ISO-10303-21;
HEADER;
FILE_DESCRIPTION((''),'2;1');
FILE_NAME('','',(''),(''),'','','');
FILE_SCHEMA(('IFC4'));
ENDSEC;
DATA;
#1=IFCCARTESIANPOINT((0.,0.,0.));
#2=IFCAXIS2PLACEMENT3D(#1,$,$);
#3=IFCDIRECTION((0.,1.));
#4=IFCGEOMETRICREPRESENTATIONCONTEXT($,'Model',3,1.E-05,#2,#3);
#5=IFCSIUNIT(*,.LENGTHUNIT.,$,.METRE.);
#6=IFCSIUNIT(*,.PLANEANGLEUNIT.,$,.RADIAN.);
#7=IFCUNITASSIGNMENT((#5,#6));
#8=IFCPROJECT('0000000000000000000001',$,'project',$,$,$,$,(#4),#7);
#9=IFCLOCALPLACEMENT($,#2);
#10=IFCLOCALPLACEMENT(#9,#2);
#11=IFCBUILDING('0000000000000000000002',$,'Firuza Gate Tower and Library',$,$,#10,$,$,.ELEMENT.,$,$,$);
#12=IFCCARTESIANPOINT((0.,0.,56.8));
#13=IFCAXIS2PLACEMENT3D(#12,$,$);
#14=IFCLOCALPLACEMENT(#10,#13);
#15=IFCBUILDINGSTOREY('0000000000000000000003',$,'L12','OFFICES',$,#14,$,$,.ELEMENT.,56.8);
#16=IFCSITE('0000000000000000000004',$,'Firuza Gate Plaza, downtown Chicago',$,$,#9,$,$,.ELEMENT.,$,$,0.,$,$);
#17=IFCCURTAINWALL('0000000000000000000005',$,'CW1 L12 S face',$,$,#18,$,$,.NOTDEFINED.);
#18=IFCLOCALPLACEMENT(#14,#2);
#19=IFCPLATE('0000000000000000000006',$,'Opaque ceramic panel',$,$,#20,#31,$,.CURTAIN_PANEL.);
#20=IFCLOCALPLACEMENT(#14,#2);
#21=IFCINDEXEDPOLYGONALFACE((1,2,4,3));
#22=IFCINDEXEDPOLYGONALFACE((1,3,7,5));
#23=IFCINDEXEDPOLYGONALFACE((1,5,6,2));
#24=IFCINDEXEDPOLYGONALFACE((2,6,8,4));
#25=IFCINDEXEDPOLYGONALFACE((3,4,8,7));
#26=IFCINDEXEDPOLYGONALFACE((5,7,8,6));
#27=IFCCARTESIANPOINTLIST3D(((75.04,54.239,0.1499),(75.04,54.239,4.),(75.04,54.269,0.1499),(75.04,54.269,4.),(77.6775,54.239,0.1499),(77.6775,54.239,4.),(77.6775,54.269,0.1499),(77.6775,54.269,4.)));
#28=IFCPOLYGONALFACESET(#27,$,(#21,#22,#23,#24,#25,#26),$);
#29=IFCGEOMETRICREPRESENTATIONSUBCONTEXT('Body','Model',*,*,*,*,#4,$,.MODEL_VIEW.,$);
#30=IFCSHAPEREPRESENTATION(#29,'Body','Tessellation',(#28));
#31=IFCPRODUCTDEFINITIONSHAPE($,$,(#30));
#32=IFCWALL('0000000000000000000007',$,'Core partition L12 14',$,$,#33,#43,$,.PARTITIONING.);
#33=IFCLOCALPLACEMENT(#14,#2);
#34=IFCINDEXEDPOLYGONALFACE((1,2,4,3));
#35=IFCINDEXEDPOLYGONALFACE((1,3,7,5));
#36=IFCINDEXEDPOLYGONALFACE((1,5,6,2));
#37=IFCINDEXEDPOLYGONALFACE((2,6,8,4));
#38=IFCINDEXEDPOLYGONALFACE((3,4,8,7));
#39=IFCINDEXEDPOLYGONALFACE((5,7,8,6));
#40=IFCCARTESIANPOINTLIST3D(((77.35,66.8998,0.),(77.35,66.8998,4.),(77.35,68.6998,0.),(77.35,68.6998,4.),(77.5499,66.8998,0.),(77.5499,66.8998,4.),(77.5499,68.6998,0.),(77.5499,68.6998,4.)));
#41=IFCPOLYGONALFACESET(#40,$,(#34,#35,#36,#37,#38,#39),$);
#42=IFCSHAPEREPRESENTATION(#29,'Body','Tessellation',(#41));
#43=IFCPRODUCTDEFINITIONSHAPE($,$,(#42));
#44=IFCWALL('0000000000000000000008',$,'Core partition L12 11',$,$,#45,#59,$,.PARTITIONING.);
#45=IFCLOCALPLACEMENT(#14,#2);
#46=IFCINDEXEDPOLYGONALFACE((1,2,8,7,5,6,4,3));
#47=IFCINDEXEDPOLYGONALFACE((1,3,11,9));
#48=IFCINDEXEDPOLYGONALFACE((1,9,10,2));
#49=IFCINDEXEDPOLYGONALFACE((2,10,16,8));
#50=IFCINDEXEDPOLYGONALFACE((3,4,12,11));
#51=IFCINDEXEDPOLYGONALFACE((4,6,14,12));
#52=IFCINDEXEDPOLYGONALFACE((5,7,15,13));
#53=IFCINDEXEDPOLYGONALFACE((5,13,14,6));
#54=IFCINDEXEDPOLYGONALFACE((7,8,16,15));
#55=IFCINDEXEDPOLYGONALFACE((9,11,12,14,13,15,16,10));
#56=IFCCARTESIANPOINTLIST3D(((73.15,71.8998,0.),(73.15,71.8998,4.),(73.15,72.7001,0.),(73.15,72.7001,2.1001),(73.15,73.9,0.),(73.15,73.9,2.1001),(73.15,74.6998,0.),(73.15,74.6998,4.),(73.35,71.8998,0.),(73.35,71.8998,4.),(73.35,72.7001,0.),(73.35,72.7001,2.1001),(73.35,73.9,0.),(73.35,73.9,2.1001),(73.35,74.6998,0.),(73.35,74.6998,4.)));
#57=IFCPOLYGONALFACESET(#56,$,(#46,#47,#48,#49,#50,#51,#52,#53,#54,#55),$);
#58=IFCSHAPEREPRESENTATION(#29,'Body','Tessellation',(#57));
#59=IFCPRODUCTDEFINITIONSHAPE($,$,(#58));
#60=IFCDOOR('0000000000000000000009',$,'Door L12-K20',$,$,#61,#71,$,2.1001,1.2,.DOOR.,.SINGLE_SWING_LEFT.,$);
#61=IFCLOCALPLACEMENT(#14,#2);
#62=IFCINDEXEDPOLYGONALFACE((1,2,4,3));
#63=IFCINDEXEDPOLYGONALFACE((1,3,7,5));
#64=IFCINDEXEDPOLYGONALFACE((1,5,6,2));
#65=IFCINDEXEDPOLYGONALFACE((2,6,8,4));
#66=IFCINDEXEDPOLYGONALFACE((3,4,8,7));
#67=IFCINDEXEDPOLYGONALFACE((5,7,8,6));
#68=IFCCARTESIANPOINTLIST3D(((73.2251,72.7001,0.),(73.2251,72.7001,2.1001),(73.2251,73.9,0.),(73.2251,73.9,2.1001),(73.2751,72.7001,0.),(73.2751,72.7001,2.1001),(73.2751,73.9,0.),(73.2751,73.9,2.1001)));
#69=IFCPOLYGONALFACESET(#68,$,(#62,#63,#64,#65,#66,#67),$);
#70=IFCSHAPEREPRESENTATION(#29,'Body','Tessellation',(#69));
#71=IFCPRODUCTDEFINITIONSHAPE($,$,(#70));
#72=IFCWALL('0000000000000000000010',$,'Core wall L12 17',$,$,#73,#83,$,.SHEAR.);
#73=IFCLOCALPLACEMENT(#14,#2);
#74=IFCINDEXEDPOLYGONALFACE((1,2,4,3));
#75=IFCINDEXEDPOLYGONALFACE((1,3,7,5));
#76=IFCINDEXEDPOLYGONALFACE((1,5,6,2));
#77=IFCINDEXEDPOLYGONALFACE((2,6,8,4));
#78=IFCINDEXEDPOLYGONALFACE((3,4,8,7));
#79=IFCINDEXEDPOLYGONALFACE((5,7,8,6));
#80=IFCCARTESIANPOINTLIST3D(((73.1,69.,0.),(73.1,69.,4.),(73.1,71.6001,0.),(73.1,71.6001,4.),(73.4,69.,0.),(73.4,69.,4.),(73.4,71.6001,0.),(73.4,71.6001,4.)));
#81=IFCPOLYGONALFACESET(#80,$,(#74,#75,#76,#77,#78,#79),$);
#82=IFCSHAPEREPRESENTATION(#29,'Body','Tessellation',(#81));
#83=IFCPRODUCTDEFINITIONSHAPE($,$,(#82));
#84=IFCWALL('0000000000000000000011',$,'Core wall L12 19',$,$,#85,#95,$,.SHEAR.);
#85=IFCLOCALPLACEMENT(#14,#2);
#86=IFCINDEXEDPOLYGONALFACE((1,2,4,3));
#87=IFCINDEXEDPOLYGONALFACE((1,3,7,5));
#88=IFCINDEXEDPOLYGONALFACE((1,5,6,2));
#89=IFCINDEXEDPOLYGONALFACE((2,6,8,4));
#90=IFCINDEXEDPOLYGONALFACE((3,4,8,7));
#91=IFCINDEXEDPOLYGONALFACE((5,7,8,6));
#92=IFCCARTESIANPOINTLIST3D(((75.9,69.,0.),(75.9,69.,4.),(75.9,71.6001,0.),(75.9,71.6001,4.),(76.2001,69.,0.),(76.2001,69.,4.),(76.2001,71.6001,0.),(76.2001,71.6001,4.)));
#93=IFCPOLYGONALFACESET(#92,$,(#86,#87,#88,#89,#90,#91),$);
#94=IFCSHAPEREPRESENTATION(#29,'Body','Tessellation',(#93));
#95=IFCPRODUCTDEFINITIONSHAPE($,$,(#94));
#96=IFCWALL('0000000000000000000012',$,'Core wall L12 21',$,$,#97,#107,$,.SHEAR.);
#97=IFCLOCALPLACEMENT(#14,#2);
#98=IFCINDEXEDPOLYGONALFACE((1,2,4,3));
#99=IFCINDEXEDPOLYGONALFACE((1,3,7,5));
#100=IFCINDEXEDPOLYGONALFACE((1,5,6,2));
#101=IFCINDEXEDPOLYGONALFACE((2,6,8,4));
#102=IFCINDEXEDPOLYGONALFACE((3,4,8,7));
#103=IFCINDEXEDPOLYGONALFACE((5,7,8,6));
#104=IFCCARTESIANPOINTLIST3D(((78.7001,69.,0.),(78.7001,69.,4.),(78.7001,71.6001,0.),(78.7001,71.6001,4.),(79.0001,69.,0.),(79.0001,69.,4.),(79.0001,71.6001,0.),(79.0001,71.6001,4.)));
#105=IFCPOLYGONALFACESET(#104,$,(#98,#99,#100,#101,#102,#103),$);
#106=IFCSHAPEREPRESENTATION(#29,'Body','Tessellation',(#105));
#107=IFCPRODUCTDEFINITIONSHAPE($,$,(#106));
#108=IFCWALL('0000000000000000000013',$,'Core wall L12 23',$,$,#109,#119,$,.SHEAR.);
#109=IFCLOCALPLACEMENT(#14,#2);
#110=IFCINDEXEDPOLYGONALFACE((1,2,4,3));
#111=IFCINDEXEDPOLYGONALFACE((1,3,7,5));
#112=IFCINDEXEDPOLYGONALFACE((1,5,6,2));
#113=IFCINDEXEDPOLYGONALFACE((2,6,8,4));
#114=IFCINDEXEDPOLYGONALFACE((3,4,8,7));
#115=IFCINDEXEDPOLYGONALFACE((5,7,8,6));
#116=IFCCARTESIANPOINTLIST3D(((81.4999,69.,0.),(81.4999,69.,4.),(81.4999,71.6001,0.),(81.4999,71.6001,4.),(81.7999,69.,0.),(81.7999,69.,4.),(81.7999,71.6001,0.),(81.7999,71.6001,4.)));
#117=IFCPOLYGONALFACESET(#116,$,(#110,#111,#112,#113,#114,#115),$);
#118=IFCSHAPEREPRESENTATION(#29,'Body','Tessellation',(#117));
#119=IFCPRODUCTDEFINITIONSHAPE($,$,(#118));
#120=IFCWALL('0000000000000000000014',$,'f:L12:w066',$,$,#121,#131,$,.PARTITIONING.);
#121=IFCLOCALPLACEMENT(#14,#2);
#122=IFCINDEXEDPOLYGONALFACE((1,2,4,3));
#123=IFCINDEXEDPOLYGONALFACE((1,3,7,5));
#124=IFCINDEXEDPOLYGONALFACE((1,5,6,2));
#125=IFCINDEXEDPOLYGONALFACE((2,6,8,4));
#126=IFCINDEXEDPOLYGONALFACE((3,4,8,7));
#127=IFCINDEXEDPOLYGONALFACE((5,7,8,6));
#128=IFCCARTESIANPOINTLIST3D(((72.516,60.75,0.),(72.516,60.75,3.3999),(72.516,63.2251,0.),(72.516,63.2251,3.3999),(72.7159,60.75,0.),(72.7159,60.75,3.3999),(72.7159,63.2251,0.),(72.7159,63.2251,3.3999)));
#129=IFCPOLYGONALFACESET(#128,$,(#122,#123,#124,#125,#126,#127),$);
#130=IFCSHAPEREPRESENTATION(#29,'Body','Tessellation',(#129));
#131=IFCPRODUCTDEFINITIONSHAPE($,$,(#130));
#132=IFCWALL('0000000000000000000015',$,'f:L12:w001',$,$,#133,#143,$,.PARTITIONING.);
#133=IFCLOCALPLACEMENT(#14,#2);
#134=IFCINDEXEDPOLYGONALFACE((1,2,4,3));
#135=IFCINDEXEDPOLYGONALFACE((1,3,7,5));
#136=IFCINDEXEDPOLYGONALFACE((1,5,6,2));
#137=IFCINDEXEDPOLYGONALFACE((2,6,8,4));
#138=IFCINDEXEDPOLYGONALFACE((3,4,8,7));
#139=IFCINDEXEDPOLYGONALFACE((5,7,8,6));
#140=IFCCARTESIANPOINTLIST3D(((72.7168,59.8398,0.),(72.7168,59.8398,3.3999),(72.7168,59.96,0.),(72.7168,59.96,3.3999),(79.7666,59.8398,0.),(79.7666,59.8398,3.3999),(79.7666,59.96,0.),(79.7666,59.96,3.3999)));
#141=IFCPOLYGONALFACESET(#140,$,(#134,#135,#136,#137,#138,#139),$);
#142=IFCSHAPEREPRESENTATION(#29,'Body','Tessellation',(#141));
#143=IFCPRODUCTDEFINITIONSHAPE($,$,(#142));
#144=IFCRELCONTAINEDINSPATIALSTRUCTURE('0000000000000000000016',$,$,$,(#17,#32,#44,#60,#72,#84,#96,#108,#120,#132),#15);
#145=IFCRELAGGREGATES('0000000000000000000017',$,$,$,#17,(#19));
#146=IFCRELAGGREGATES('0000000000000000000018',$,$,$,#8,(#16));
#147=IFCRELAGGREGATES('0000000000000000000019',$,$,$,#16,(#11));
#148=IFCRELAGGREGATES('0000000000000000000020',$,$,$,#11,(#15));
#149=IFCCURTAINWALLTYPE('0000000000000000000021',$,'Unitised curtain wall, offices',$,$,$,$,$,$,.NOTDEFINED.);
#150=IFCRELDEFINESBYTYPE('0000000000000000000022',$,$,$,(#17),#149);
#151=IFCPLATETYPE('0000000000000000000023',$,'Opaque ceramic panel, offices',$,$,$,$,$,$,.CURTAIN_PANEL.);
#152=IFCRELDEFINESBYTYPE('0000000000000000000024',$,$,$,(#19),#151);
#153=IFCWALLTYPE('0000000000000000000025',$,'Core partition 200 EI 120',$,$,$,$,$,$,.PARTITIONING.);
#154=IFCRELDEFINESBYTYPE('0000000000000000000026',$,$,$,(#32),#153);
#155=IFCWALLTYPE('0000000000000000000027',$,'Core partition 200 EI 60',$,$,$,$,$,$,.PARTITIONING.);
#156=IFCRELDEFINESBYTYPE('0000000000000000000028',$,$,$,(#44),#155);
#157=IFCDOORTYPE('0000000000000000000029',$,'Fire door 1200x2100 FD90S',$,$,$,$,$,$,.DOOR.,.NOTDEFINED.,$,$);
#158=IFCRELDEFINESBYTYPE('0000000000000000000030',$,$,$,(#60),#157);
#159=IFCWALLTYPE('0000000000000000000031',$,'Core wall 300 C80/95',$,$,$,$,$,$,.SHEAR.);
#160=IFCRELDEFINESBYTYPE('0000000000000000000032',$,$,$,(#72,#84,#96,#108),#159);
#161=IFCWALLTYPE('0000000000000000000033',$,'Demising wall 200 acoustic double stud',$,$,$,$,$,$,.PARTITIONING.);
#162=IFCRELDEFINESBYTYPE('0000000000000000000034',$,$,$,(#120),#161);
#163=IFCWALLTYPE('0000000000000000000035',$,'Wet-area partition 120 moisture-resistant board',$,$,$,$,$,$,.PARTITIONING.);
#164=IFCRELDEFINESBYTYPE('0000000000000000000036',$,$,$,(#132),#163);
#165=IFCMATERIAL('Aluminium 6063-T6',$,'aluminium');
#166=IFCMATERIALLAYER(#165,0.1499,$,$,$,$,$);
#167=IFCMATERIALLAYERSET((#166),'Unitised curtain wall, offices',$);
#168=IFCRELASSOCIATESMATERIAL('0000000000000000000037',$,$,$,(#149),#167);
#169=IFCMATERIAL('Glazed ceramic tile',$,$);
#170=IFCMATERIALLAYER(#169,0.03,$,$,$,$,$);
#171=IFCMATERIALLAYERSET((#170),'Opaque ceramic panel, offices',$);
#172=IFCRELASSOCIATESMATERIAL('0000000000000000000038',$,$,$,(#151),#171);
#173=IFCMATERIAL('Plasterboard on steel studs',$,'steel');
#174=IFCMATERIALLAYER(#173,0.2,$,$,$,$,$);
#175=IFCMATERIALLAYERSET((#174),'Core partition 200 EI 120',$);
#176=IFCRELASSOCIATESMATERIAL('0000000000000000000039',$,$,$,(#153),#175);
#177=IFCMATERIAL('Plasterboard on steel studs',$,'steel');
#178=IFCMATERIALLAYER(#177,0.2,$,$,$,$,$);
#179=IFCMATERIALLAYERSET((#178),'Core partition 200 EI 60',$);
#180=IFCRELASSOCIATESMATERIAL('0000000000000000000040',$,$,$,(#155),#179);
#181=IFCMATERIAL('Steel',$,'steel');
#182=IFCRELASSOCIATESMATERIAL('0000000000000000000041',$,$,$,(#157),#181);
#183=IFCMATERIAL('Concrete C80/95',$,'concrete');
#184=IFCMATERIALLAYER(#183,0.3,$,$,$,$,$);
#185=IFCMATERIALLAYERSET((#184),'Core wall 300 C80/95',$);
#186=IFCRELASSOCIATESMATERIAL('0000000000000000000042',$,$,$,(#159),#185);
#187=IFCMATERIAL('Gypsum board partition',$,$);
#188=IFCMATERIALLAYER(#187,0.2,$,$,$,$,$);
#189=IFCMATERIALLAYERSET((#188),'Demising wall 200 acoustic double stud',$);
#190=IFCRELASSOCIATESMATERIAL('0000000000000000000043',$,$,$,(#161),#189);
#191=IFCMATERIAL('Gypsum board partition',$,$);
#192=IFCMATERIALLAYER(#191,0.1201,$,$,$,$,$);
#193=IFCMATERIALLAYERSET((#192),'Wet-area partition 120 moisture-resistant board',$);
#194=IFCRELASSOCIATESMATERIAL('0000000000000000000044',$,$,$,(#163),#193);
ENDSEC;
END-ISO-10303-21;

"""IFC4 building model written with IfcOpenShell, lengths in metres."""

from ifc_helpers import new_model, si_unit, direction, frame, frame_2d, origin, place, context, subcontext, project, spatial, polyline, rectangle, outline, extrude, material, layer, layer_set, type_object, element, fill, aggregate, save


model = new_model("IFC4")

# Units and contexts
model_context = context("Model", 3, precision=1e-05, world=origin(), true_north=direction((0.0, 1.0)))
body_context = subcontext(model_context, "Body", "Model", "MODEL_VIEW")
ifc_project = project(units=[si_unit("LENGTHUNIT", "METRE"), si_unit("PLANEANGLEUNIT", "RADIAN")], contexts=[model_context])

# Site, building, storey
site_placement = place(None, origin())
site = spatial("IfcSite", under=ifc_project, at=site_placement, Name="Firuza Gate Plaza, downtown Chicago", CompositionType="ELEMENT", RefElevation=0.0)
building_placement = place(site_placement, origin())
building = spatial("IfcBuilding", under=site, at=building_placement, Name="Firuza Gate Tower and Library", CompositionType="ELEMENT")
storey_placement = place(building_placement, frame((0.0, 0.0, 56.8)))
storey = spatial("IfcBuildingStorey", under=building, at=storey_placement, Name="L12", Description="OFFICES", CompositionType="ELEMENT", Elevation=56.8)

# Curtain wall
ifc_material_1 = material(Name="Aluminium 6063-T6", Category="aluminium")
ifc_layer_1 = layer(ifc_material_1, 0.1499)
ifc_layer_set_1 = layer_set([ifc_layer_1], Name="Unitised curtain wall, offices")
curtain_wall_type = type_object("IfcCurtainWallType", Name="Unitised curtain wall, offices", PredefinedType="NOTDEFINED", material=ifc_layer_set_1)
curtain_wall_placement = place(storey_placement, origin())
curtain_wall = element("IfcCurtainWall", 1, at=curtain_wall_placement, inside=storey, type_object=curtain_wall_type, Name="CW1 L12 S face", PredefinedType="NOTDEFINED")

# Plate
ifc_material_2 = material(Name="Glazed ceramic tile")
ifc_layer_2 = layer(ifc_material_2, 0.03)
ifc_layer_set_2 = layer_set([ifc_layer_2], Name="Opaque ceramic panel, offices")
plate_type_1 = type_object("IfcPlateType", Name="Opaque ceramic panel, offices", PredefinedType="CURTAIN_PANEL", material=ifc_layer_set_2)
plate_1_placement = place(storey_placement, frame((75.04, 54.239, 0.1499), z_axis=(0.0, -1.0, 0.0), x_axis=(1.0, 0.0, 0.0)))
plate_1 = element("IfcPlate", 2, at=plate_1_placement, type_object=plate_type_1, Name="Opaque ceramic panel", PredefinedType="CURTAIN_PANEL", context=body_context, shape_type="SweptSolid", body=[
    extrude(outline(polyline([(0.0, 0.0), (2.6375, 0.0), (2.6375, 3.8501), (0.0, 3.8501), (0.0, 0.0)])), origin(), (0.0, 0.0, -1.0), 0.03),
])
aggregate(curtain_wall, [plate_1])

# Wall
ifc_material_3 = material(Name="Plasterboard on steel studs", Category="steel")
ifc_layer_3 = layer(ifc_material_3, 0.2)
ifc_layer_set_3 = layer_set([ifc_layer_3], Name="Core partition 200 EI 120")
wall_type_1 = type_object("IfcWallType", Name="Core partition 200 EI 120", PredefinedType="PARTITIONING", material=ifc_layer_set_3)
wall_1_placement = place(storey_placement, frame((77.45, 66.8999, 0.0), z_axis=(0.0, 0.0, 1.0), x_axis=(0.0, 1.0, 0.0)))
element("IfcWall", 3, at=wall_1_placement, inside=storey, type_object=wall_type_1, Name="Core partition L12 14", PredefinedType="PARTITIONING", context=body_context, shape_type="SweptSolid", body=[
    extrude(rectangle(XDim=1.8, YDim=0.2, at=frame_2d((0.8999, 0.0))), origin(), (0.0, 0.0, 1.0), 4.0),
])

# Wall, opening, door
ifc_material_4 = material(Name="Plasterboard on steel studs", Category="steel")
ifc_layer_4 = layer(ifc_material_4, 0.2)
ifc_layer_set_4 = layer_set([ifc_layer_4], Name="Core partition 200 EI 60")
wall_type_2 = type_object("IfcWallType", Name="Core partition 200 EI 60", PredefinedType="PARTITIONING", material=ifc_layer_set_4)
wall_2_placement = place(storey_placement, frame((73.25, 71.8999, 0.0), z_axis=(0.0, 0.0, 1.0), x_axis=(0.0, 1.0, 0.0)))
wall_2 = element("IfcWall", 4, at=wall_2_placement, inside=storey, type_object=wall_type_2, Name="Core partition L12 11", PredefinedType="PARTITIONING", context=body_context, shape_type="SweptSolid", body=[
    extrude(rectangle(XDim=2.8, YDim=0.2, at=frame_2d((1.3999, 0.0))), origin(), (0.0, 0.0, 1.0), 4.0),
])
opening_1_placement = place(wall_2_placement, frame((0.8, 0.0, 0.0)))
opening_1 = element("IfcOpeningElement", 5, at=opening_1_placement, cuts=wall_2, PredefinedType="OPENING", context=body_context, shape_type="SweptSolid", body=[
    extrude(rectangle(XDim=1.2, YDim=2.1001, at=frame_2d((0.6001, 1.05))), frame((0.0, 0.1099, 0.0), z_axis=(0.0, -1.0, 0.0), x_axis=(1.0, 0.0, 0.0)), (0.0, 0.0, 1.0), 0.22),
])
ifc_material_5 = material(Name="Steel", Category="steel")
door_type_1 = type_object("IfcDoorType", Name="Fire door 1200x2100 FD90S", OperationType="NOTDEFINED", PredefinedType="DOOR", material=ifc_material_5)
door_1_placement = place(opening_1_placement, origin())
door_1 = element("IfcDoor", 6, at=door_1_placement, inside=storey, type_object=door_type_1, Name="Door L12-K20", OperationType="SINGLE_SWING_LEFT", OverallHeight=2.1001, OverallWidth=1.2, PredefinedType="DOOR", context=body_context, shape_type="SweptSolid", body=[
    extrude(rectangle(XDim=1.2, YDim=2.1001, at=frame_2d((0.6001, 1.05))), frame((0.0, 0.0249, 0.0), z_axis=(0.0, -1.0, 0.0), x_axis=(1.0, 0.0, 0.0)), (0.0, 0.0, 1.0), 0.05),
])
fill(opening_1, door_1)

# Walls
ifc_material_6 = material(Name="Concrete C80/95", Category="concrete")
ifc_layer_5 = layer(ifc_material_6, 0.3)
ifc_layer_set_5 = layer_set([ifc_layer_5], Name="Core wall 300 C80/95")
wall_type_3 = type_object("IfcWallType", Name="Core wall 300 C80/95", PredefinedType="SHEAR", material=ifc_layer_set_5)
for number, where, z_axis, x_axis, name in (
    (7, (73.25, 69.0, 0.0), (0.0, 0.0, 1.0), (0.0, 1.0, 0.0), "Core wall L12 17"),
    (8, (76.05, 69.0, 0.0), (0.0, 0.0, 1.0), (0.0, 1.0, 0.0), "Core wall L12 19"),
    (9, (78.8501, 69.0, 0.0), (0.0, 0.0, 1.0), (0.0, 1.0, 0.0), "Core wall L12 21"),
    (10, (81.6499, 69.0, 0.0), (0.0, 0.0, 1.0), (0.0, 1.0, 0.0), "Core wall L12 23"),
):
    element("IfcWall", number, at=place(storey_placement, frame(where, z_axis=z_axis, x_axis=x_axis)), inside=storey, type_object=wall_type_3, Name=name, PredefinedType="SHEAR", context=body_context, shape_type="SweptSolid", body=[
        extrude(rectangle(XDim=2.6001, YDim=0.3, at=frame_2d((1.3, 0.0))), origin(), (0.0, 0.0, 1.0), 4.0),
    ])
ifc_material_7 = material(Name="Gypsum board partition")
ifc_layer_6 = layer(ifc_material_7, 0.2)
ifc_layer_set_6 = layer_set([ifc_layer_6], Name="Demising wall 200 acoustic double stud")
wall_type_4 = type_object("IfcWallType", Name="Demising wall 200 acoustic double stud", PredefinedType="PARTITIONING", material=ifc_layer_set_6)
wall_3_placement = place(storey_placement, frame((72.616, 60.75, 0.0), z_axis=(0.0, 0.0, 1.0), x_axis=(0.0, 1.0, 0.0)))
element("IfcWall", 11, at=wall_3_placement, inside=storey, type_object=wall_type_4, Name="f:L12:w066", PredefinedType="PARTITIONING", context=body_context, shape_type="SweptSolid", body=[
    extrude(rectangle(XDim=2.4751, YDim=0.2, at=frame_2d((1.2375, 0.0))), origin(), (0.0, 0.0, 1.0), 3.3999),
])
ifc_material_8 = material(Name="Gypsum board partition")
ifc_layer_7 = layer(ifc_material_8, 0.1201)
ifc_layer_set_7 = layer_set([ifc_layer_7], Name="Wet-area partition 120 moisture-resistant board")
wall_type_5 = type_object("IfcWallType", Name="Wet-area partition 120 moisture-resistant board", PredefinedType="PARTITIONING", material=ifc_layer_set_7)
wall_4_placement = place(storey_placement, frame((72.7168, 59.8999, 0.0), z_axis=(0.0, 0.0, 1.0), x_axis=(1.0, 0.0, 0.0)))
element("IfcWall", 12, at=wall_4_placement, inside=storey, type_object=wall_type_5, Name="f:L12:w001", PredefinedType="PARTITIONING", context=body_context, shape_type="SweptSolid", body=[
    extrude(rectangle(XDim=7.0498, YDim=0.1201, at=frame_2d((3.5249, 0.0))), origin(), (0.0, 0.0, 1.0), 3.3999),
])

save(model, "model.ifc")
